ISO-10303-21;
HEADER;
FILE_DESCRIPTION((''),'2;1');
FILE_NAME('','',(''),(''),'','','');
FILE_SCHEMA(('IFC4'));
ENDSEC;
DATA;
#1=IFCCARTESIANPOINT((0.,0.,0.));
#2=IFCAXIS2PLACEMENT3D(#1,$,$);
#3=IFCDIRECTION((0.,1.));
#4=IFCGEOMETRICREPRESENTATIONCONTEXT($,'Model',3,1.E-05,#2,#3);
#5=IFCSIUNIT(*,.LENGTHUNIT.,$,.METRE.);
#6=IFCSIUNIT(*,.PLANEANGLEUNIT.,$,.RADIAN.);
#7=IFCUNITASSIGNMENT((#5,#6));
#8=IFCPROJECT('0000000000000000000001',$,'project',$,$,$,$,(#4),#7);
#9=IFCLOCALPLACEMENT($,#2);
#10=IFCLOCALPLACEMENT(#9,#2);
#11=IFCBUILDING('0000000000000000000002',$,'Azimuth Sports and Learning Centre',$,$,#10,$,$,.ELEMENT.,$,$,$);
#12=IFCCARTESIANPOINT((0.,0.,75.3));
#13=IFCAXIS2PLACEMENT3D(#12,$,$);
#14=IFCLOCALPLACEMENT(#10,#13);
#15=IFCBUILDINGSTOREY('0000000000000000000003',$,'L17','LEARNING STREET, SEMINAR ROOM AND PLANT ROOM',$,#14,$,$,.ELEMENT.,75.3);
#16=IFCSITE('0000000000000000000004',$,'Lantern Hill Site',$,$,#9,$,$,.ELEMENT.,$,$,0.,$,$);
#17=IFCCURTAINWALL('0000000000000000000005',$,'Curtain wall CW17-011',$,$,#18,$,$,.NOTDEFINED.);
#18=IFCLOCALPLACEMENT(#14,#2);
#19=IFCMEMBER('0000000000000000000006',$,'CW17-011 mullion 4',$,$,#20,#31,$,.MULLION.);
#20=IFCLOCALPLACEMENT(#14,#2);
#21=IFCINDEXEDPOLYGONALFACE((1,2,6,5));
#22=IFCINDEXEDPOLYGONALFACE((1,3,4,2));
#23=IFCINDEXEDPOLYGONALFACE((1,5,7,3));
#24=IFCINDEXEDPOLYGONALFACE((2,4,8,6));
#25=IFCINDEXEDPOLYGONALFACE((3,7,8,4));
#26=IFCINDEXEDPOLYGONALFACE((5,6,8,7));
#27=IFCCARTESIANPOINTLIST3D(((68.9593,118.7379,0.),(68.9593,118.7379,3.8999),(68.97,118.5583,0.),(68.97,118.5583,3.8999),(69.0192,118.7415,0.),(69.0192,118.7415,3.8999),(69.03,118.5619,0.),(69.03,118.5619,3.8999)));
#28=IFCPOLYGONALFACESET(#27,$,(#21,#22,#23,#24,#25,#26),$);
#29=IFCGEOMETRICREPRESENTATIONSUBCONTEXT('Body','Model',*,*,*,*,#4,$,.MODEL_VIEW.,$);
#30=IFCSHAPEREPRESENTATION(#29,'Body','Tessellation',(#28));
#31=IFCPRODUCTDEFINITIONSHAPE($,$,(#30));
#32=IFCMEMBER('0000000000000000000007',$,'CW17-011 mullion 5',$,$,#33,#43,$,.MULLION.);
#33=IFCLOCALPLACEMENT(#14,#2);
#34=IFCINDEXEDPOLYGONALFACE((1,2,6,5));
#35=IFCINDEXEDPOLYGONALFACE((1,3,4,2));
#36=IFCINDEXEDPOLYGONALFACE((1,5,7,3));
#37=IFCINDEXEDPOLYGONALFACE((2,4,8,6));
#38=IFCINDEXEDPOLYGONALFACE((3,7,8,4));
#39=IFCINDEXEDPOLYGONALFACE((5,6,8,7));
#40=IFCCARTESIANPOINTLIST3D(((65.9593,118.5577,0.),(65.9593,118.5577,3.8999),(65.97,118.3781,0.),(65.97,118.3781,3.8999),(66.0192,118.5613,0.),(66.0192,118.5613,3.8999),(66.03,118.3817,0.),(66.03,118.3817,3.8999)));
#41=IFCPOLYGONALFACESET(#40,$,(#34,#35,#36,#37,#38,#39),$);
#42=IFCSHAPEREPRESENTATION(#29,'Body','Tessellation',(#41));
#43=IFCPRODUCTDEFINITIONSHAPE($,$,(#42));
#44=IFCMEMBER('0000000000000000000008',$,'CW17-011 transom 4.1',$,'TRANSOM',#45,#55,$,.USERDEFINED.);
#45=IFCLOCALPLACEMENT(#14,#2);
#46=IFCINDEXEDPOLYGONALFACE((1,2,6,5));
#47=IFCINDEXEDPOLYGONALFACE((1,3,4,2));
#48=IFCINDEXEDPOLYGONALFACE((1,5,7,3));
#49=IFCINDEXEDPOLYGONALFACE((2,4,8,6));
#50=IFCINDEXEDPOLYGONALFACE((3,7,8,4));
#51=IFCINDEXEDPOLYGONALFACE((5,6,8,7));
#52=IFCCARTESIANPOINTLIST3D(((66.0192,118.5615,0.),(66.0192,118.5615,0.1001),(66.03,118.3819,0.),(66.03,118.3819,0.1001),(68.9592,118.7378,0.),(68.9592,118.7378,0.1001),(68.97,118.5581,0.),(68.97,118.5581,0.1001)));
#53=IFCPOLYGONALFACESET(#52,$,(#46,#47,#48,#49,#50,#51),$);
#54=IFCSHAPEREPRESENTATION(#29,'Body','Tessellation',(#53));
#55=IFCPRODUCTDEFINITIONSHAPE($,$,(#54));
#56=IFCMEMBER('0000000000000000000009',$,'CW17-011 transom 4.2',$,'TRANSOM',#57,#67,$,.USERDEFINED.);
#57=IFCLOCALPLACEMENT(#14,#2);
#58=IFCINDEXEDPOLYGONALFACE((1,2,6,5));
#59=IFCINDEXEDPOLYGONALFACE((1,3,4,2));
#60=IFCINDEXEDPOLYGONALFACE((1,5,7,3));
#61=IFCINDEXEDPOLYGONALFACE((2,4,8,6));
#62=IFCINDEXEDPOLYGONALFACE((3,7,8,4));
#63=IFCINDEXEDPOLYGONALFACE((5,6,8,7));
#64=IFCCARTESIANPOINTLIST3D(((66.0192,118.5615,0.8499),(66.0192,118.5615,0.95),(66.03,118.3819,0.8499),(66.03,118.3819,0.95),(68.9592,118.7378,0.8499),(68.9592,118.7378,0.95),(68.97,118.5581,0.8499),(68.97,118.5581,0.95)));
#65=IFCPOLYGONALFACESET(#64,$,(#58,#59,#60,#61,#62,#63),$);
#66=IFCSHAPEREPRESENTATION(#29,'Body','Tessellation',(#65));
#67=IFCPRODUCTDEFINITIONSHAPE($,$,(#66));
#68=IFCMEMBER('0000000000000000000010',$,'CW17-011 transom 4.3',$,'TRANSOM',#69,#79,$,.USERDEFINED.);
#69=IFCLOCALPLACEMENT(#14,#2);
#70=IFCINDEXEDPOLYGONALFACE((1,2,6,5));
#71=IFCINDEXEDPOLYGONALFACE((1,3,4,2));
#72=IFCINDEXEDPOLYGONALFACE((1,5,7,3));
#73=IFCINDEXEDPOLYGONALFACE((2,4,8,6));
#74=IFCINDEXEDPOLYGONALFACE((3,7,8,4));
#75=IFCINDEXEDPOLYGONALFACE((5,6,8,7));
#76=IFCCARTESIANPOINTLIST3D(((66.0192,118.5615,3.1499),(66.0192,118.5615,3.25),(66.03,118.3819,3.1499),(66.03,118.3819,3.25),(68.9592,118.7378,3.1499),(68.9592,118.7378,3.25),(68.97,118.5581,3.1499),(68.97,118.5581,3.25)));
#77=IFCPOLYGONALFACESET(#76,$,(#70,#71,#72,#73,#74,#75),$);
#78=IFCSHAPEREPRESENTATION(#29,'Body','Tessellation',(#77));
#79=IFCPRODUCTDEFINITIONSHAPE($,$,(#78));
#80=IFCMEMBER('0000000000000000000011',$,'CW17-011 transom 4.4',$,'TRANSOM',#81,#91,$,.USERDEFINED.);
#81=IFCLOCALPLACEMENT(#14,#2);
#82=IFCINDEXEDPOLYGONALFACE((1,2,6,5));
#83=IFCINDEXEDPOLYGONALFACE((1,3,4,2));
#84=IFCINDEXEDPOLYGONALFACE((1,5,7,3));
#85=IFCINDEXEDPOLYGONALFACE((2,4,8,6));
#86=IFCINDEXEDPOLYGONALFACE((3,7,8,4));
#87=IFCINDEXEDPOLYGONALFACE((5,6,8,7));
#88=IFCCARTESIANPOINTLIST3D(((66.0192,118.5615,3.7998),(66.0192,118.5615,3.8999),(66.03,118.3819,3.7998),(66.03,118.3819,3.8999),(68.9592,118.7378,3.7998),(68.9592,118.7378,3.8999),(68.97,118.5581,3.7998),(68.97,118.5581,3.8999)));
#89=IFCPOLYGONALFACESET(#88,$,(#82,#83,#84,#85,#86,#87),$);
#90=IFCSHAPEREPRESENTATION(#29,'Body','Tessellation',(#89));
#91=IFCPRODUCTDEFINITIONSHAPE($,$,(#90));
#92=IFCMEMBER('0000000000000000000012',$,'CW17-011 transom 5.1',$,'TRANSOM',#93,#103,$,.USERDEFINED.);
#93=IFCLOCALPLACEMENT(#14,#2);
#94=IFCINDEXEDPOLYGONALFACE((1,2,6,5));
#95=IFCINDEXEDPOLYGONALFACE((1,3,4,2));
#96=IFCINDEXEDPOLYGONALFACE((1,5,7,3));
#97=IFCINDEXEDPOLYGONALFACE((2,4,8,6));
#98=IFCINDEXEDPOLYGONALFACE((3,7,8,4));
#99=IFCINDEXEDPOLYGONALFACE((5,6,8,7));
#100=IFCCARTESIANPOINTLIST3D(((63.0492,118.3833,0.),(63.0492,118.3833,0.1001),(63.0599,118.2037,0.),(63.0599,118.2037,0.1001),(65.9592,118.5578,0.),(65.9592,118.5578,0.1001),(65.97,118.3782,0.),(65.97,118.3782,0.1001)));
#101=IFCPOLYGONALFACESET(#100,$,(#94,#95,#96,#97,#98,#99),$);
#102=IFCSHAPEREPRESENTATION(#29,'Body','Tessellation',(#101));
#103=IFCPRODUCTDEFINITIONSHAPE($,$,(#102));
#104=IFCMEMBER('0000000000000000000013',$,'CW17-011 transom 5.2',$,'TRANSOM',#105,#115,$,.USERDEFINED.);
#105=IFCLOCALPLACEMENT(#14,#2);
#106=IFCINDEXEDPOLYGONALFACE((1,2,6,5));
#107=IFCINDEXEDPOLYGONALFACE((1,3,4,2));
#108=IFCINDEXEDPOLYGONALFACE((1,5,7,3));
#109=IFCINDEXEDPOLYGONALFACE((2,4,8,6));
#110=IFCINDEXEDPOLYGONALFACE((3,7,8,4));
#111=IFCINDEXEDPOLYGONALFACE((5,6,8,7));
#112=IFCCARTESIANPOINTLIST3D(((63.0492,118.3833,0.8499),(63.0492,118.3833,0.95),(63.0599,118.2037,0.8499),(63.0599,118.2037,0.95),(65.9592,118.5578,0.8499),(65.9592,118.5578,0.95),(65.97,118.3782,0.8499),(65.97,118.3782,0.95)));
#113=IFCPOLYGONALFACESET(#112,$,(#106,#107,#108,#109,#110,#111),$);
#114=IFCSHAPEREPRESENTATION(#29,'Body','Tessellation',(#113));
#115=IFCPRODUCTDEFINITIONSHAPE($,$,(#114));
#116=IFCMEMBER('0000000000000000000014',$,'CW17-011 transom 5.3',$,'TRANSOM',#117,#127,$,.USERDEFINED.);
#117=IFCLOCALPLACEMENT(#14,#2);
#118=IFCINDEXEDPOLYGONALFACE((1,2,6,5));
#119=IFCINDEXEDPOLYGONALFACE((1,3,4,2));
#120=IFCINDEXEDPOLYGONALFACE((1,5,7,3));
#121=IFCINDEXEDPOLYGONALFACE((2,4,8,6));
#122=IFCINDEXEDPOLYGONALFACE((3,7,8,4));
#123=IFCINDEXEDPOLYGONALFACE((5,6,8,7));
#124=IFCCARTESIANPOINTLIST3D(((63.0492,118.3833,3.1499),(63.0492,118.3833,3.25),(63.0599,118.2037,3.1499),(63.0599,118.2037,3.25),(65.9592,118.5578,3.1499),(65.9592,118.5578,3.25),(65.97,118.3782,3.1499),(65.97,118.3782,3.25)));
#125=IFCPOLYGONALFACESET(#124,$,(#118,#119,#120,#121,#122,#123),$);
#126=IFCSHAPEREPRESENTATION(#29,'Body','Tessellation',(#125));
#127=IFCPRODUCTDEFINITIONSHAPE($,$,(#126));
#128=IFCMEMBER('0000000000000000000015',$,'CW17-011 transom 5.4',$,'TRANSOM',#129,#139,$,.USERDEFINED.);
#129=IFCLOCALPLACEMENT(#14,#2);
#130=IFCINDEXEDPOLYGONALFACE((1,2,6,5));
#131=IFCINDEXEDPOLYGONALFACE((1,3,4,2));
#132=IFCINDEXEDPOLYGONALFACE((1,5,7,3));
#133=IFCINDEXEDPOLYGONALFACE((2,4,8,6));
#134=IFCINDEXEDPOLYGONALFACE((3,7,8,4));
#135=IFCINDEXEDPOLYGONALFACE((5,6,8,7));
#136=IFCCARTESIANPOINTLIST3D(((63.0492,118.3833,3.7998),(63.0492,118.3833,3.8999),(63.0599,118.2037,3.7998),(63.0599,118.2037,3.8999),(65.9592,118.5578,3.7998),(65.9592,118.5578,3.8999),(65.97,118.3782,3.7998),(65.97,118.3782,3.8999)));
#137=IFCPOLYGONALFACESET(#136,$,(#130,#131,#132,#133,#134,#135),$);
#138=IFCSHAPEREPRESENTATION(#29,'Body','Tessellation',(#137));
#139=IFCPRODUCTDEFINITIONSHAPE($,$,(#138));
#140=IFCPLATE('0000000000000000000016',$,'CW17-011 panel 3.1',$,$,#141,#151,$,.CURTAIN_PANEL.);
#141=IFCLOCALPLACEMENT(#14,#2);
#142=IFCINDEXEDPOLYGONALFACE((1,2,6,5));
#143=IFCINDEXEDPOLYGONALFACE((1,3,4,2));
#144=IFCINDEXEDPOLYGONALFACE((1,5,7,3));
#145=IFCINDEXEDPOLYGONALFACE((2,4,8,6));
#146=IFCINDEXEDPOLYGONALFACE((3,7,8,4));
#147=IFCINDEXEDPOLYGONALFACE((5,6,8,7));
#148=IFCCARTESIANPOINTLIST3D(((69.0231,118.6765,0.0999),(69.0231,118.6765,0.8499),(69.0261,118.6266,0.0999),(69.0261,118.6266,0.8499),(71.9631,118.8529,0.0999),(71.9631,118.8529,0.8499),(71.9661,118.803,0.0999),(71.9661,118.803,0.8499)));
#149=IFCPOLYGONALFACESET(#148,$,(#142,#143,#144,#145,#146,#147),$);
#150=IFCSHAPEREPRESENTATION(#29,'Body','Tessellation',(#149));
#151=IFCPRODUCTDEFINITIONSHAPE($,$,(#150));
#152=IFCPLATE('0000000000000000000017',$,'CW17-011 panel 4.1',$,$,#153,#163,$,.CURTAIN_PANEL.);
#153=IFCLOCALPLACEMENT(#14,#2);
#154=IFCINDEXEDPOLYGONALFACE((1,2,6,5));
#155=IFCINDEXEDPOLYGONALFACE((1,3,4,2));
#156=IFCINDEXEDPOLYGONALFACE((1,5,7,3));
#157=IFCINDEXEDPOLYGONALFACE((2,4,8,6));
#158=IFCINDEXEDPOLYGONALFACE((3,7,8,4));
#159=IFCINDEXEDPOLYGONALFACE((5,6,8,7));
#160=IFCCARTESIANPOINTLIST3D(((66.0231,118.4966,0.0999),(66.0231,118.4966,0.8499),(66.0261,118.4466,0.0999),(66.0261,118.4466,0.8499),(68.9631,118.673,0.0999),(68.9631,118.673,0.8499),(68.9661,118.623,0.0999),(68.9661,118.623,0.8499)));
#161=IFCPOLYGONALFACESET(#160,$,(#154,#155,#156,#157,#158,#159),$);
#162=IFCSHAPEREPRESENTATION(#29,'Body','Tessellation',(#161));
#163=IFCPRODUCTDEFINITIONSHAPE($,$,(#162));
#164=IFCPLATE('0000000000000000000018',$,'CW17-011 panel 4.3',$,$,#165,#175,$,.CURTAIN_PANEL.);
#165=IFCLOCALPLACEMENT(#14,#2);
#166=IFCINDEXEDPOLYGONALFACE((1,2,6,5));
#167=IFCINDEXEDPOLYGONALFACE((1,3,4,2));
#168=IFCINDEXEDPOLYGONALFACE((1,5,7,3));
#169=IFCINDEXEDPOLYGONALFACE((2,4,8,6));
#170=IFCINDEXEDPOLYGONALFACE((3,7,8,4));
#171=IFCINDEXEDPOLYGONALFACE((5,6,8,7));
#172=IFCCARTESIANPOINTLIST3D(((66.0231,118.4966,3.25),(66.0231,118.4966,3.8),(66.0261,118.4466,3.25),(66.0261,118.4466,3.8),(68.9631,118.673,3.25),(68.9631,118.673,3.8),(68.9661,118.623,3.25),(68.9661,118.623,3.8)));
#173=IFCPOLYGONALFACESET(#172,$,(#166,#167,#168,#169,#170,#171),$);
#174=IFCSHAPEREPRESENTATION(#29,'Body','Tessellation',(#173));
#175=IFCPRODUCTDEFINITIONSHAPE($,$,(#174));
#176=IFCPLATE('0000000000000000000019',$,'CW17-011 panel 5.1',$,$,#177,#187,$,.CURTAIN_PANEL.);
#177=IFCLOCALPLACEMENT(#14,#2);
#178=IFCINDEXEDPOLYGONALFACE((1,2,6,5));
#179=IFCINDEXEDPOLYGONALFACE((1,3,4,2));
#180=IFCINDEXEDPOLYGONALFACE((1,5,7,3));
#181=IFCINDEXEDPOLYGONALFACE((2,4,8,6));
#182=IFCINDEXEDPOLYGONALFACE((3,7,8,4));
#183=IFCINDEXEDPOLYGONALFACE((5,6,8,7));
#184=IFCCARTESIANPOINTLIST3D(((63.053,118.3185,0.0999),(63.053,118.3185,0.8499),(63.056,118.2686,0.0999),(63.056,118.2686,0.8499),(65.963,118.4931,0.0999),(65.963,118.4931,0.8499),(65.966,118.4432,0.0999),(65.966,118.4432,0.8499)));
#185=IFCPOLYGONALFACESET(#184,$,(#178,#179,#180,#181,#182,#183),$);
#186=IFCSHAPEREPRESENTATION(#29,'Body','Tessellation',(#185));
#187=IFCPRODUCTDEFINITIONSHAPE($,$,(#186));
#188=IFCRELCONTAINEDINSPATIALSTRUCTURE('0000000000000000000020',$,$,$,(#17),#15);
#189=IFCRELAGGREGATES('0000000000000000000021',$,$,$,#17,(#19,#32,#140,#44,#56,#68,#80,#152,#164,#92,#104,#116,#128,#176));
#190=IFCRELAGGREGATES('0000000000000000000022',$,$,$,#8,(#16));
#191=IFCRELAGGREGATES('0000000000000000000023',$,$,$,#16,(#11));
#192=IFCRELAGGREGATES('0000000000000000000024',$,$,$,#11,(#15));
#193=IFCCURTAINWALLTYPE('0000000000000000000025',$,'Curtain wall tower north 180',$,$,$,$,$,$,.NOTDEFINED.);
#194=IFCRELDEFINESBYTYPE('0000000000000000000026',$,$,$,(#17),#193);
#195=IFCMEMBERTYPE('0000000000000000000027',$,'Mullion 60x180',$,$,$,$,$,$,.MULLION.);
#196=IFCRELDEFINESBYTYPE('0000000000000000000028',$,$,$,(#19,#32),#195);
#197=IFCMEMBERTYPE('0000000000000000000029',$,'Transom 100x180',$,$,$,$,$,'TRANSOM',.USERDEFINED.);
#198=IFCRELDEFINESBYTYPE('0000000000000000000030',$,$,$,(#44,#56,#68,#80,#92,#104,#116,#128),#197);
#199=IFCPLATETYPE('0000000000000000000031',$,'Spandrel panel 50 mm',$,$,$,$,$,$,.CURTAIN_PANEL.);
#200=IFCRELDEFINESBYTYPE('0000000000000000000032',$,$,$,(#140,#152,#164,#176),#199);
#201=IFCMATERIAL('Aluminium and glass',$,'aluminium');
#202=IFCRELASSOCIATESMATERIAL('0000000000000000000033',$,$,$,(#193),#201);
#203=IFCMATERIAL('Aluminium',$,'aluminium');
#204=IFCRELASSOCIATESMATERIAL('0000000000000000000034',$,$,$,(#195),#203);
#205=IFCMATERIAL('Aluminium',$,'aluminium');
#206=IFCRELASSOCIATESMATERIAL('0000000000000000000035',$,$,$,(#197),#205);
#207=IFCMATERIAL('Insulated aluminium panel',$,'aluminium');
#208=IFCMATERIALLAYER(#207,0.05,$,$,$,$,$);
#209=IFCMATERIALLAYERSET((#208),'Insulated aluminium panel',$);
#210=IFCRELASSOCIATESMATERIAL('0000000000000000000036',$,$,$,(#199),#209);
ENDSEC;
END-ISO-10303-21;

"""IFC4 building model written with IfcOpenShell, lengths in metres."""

from ifc_helpers import new_model, si_unit, direction, frame, origin, origin_2d, place, context, subcontext, project, spatial, rectangle, extrude, material, layer, layer_set, material_profile, profile_set, type_object, element, aggregate, save


model = new_model("IFC4")

# Units and contexts
model_context = context("Model", 3, precision=1e-05, world=origin(), true_north=direction((0.0, 1.0)))
body_context = subcontext(model_context, "Body", "Model", "MODEL_VIEW")
ifc_project = project(units=[si_unit("LENGTHUNIT", "METRE"), si_unit("PLANEANGLEUNIT", "RADIAN")], contexts=[model_context])

# Site, building, storey
site_placement = place(None, origin())
site = spatial("IfcSite", under=ifc_project, at=site_placement, Name="Lantern Hill Site", CompositionType="ELEMENT", RefElevation=0.0)
building_placement = place(site_placement, origin())
building = spatial("IfcBuilding", under=site, at=building_placement, Name="Azimuth Sports and Learning Centre", CompositionType="ELEMENT")
storey_placement = place(building_placement, frame((0.0, 0.0, 75.3)))
storey = spatial("IfcBuildingStorey", under=building, at=storey_placement, Name="L17", Description="LEARNING STREET, SEMINAR ROOM AND PLANT ROOM", CompositionType="ELEMENT", Elevation=75.3)

# Curtain wall, members, plates
ifc_material_1 = material(Name="Aluminium and glass", Category="aluminium")
curtain_wall_type = type_object("IfcCurtainWallType", Name="Curtain wall tower north 180", PredefinedType="NOTDEFINED", material=ifc_material_1)
curtain_wall_placement = place(storey_placement, origin())
curtain_wall = element("IfcCurtainWall", 1, at=curtain_wall_placement, inside=storey, type_object=curtain_wall_type, Name="Curtain wall CW17-011", PredefinedType="NOTDEFINED")
ifc_material_2 = material(Name="Aluminium", Category="aluminium")
ifc_material_profile_1 = material_profile(ifc_material_2, rectangle(XDim=0.1799, YDim=0.0601, at=origin_2d()), Name="Mullion 60x180")
ifc_profile_set_1 = profile_set([ifc_material_profile_1], Name="Aluminium")
member_type_1 = type_object("IfcMemberType", Name="Mullion 60x180", PredefinedType="MULLION", material=ifc_profile_set_1)
member_1_placement = place(storey_placement, frame((68.9946, 118.6499, 0.0), z_axis=(0.0, 0.0, 1.0), x_axis=(0.059892, -0.998205, 0.0)))
member_1 = element("IfcMember", 2, at=member_1_placement, type_object=member_type_1, Name="CW17-011 mullion 4", PredefinedType="MULLION", context=body_context, shape_type="SweptSolid", body=[
    extrude(rectangle(XDim=0.1799, YDim=0.0601, at=origin_2d()), origin(), (0.0, 0.0, 1.0), 3.8999),
])
member_2_placement = place(storey_placement, frame((65.9946, 118.4697, 0.0), z_axis=(0.0, 0.0, 1.0), x_axis=(0.059892, -0.998205, 0.0)))
member_2 = element("IfcMember", 3, at=member_2_placement, type_object=member_type_1, Name="CW17-011 mullion 5", PredefinedType="MULLION", context=body_context, shape_type="SweptSolid", body=[
    extrude(rectangle(XDim=0.1799, YDim=0.0601, at=origin_2d()), origin(), (0.0, 0.0, 1.0), 3.8999),
])
ifc_material_3 = material(Name="Aluminium", Category="aluminium")
ifc_material_profile_2 = material_profile(ifc_material_3, rectangle(XDim=0.1799, YDim=0.1001, at=origin_2d()), Name="Transom 100x180")
ifc_profile_set_2 = profile_set([ifc_material_profile_2], Name="Aluminium")
member_type_2 = type_object("IfcMemberType", Name="Transom 100x180", ElementType="TRANSOM", PredefinedType="USERDEFINED", material=ifc_profile_set_2)
member_3_placement = place(storey_placement, frame((68.9646, 118.6479, 0.05), z_axis=(-0.998207, -0.059849, 0.0), x_axis=(0.059849, -0.998207, 0.0)))
member_3 = element("IfcMember", 4, at=member_3_placement, type_object=member_type_2, Name="CW17-011 transom 4.1", ObjectType="TRANSOM", PredefinedType="USERDEFINED", context=body_context, shape_type="SweptSolid", body=[
    extrude(rectangle(XDim=0.1799, YDim=0.1001, at=origin_2d()), origin(), (0.0, 0.0, 1.0), 2.9453),
])
member_4_placement = place(storey_placement, frame((68.9646, 118.6479, 0.8999), z_axis=(-0.998207, -0.059849, 0.0), x_axis=(0.059849, -0.998207, 0.0)))
member_4 = element("IfcMember", 5, at=member_4_placement, type_object=member_type_2, Name="CW17-011 transom 4.2", ObjectType="TRANSOM", PredefinedType="USERDEFINED", context=body_context, shape_type="SweptSolid", body=[
    extrude(rectangle(XDim=0.1799, YDim=0.1001, at=origin_2d()), origin(), (0.0, 0.0, 1.0), 2.9453),
])
member_5_placement = place(storey_placement, frame((68.9646, 118.6479, 3.2), z_axis=(-0.998207, -0.059849, 0.0), x_axis=(0.059849, -0.998207, 0.0)))
member_5 = element("IfcMember", 6, at=member_5_placement, type_object=member_type_2, Name="CW17-011 transom 4.3", ObjectType="TRANSOM", PredefinedType="USERDEFINED", context=body_context, shape_type="SweptSolid", body=[
    extrude(rectangle(XDim=0.1799, YDim=0.1001, at=origin_2d()), origin(), (0.0, 0.0, 1.0), 2.9453),
])
member_6_placement = place(storey_placement, frame((68.9646, 118.6479, 3.8499), z_axis=(-0.998207, -0.059849, 0.0), x_axis=(0.059849, -0.998207, 0.0)))
member_6 = element("IfcMember", 7, at=member_6_placement, type_object=member_type_2, Name="CW17-011 transom 4.4", ObjectType="TRANSOM", PredefinedType="USERDEFINED", context=body_context, shape_type="SweptSolid", body=[
    extrude(rectangle(XDim=0.1799, YDim=0.1001, at=origin_2d()), origin(), (0.0, 0.0, 1.0), 2.9453),
])
member_7_placement = place(storey_placement, frame((65.9646, 118.468, 0.05), z_axis=(-0.998206, -0.059876, 0.0), x_axis=(0.059876, -0.998206, 0.0)))
member_7 = element("IfcMember", 8, at=member_7_placement, type_object=member_type_2, Name="CW17-011 transom 5.1", ObjectType="TRANSOM", PredefinedType="USERDEFINED", context=body_context, shape_type="SweptSolid", body=[
    extrude(rectangle(XDim=0.1799, YDim=0.1001, at=origin_2d()), origin(), (0.0, 0.0, 1.0), 2.9153),
])
member_8_placement = place(storey_placement, frame((65.9646, 118.468, 0.8999), z_axis=(-0.998206, -0.059876, 0.0), x_axis=(0.059876, -0.998206, 0.0)))
member_8 = element("IfcMember", 9, at=member_8_placement, type_object=member_type_2, Name="CW17-011 transom 5.2", ObjectType="TRANSOM", PredefinedType="USERDEFINED", context=body_context, shape_type="SweptSolid", body=[
    extrude(rectangle(XDim=0.1799, YDim=0.1001, at=origin_2d()), origin(), (0.0, 0.0, 1.0), 2.9153),
])
member_9_placement = place(storey_placement, frame((65.9646, 118.468, 3.2), z_axis=(-0.998206, -0.059876, 0.0), x_axis=(0.059876, -0.998206, 0.0)))
member_9 = element("IfcMember", 10, at=member_9_placement, type_object=member_type_2, Name="CW17-011 transom 5.3", ObjectType="TRANSOM", PredefinedType="USERDEFINED", context=body_context, shape_type="SweptSolid", body=[
    extrude(rectangle(XDim=0.1799, YDim=0.1001, at=origin_2d()), origin(), (0.0, 0.0, 1.0), 2.9153),
])
member_10_placement = place(storey_placement, frame((65.9646, 118.468, 3.8499), z_axis=(-0.998206, -0.059876, 0.0), x_axis=(0.059876, -0.998206, 0.0)))
member_10 = element("IfcMember", 11, at=member_10_placement, type_object=member_type_2, Name="CW17-011 transom 5.4", ObjectType="TRANSOM", PredefinedType="USERDEFINED", context=body_context, shape_type="SweptSolid", body=[
    extrude(rectangle(XDim=0.1799, YDim=0.1001, at=origin_2d()), origin(), (0.0, 0.0, 1.0), 2.9153),
])
ifc_material_4 = material(Name="Insulated aluminium panel", Category="aluminium")
ifc_layer_1 = layer(ifc_material_4, 0.05)
ifc_layer_set_1 = layer_set([ifc_layer_1], Name="Insulated aluminium panel")
plate_type_1 = type_object("IfcPlateType", Name="Spandrel panel 50 mm", PredefinedType="CURTAIN_PANEL", material=ifc_layer_set_1)
plate_1_placement = place(storey_placement, frame((70.4946, 118.7397, 0.0999), z_axis=(0.0, 0.0, 1.0), x_axis=(-0.998205, -0.059892, 0.0)))
plate_1 = element("IfcPlate", 12, at=plate_1_placement, type_object=plate_type_1, Name="CW17-011 panel 3.1", PredefinedType="CURTAIN_PANEL", context=body_context, shape_type="SweptSolid", body=[
    extrude(rectangle(XDim=2.9453, YDim=0.05, at=origin_2d()), origin(), (0.0, 0.0, 1.0), 0.75),
])
plate_2_placement = place(storey_placement, frame((67.4946, 118.5598, 0.0999), z_axis=(0.0, 0.0, 1.0), x_axis=(-0.998205, -0.059892, 0.0)))
plate_2 = element("IfcPlate", 13, at=plate_2_placement, type_object=plate_type_1, Name="CW17-011 panel 4.1", PredefinedType="CURTAIN_PANEL", context=body_context, shape_type="SweptSolid", body=[
    extrude(rectangle(XDim=2.9453, YDim=0.05, at=origin_2d()), origin(), (0.0, 0.0, 1.0), 0.75),
])
plate_3_placement = place(storey_placement, frame((67.4946, 118.5598, 3.25), z_axis=(0.0, 0.0, 1.0), x_axis=(-0.998205, -0.059892, 0.0)))
plate_3 = element("IfcPlate", 14, at=plate_3_placement, type_object=plate_type_1, Name="CW17-011 panel 4.3", PredefinedType="CURTAIN_PANEL", context=body_context, shape_type="SweptSolid", body=[
    extrude(rectangle(XDim=2.9453, YDim=0.05, at=origin_2d()), origin(), (0.0, 0.0, 1.0), 0.55),
])
plate_4_placement = place(storey_placement, frame((64.5095, 118.3809, 0.0999), z_axis=(0.0, 0.0, 1.0), x_axis=(-0.998205, -0.059892, 0.0)))
plate_4 = element("IfcPlate", 15, at=plate_4_placement, type_object=plate_type_1, Name="CW17-011 panel 5.1", PredefinedType="CURTAIN_PANEL", context=body_context, shape_type="SweptSolid", body=[
    extrude(rectangle(XDim=2.9153, YDim=0.05, at=origin_2d()), origin(), (0.0, 0.0, 1.0), 0.75),
])
aggregate(curtain_wall, [member_1, member_2, plate_1, member_3, member_4, member_5, member_6, plate_2, plate_3, member_7, member_8, member_9, member_10, plate_4])

save(model, "model.ifc")
